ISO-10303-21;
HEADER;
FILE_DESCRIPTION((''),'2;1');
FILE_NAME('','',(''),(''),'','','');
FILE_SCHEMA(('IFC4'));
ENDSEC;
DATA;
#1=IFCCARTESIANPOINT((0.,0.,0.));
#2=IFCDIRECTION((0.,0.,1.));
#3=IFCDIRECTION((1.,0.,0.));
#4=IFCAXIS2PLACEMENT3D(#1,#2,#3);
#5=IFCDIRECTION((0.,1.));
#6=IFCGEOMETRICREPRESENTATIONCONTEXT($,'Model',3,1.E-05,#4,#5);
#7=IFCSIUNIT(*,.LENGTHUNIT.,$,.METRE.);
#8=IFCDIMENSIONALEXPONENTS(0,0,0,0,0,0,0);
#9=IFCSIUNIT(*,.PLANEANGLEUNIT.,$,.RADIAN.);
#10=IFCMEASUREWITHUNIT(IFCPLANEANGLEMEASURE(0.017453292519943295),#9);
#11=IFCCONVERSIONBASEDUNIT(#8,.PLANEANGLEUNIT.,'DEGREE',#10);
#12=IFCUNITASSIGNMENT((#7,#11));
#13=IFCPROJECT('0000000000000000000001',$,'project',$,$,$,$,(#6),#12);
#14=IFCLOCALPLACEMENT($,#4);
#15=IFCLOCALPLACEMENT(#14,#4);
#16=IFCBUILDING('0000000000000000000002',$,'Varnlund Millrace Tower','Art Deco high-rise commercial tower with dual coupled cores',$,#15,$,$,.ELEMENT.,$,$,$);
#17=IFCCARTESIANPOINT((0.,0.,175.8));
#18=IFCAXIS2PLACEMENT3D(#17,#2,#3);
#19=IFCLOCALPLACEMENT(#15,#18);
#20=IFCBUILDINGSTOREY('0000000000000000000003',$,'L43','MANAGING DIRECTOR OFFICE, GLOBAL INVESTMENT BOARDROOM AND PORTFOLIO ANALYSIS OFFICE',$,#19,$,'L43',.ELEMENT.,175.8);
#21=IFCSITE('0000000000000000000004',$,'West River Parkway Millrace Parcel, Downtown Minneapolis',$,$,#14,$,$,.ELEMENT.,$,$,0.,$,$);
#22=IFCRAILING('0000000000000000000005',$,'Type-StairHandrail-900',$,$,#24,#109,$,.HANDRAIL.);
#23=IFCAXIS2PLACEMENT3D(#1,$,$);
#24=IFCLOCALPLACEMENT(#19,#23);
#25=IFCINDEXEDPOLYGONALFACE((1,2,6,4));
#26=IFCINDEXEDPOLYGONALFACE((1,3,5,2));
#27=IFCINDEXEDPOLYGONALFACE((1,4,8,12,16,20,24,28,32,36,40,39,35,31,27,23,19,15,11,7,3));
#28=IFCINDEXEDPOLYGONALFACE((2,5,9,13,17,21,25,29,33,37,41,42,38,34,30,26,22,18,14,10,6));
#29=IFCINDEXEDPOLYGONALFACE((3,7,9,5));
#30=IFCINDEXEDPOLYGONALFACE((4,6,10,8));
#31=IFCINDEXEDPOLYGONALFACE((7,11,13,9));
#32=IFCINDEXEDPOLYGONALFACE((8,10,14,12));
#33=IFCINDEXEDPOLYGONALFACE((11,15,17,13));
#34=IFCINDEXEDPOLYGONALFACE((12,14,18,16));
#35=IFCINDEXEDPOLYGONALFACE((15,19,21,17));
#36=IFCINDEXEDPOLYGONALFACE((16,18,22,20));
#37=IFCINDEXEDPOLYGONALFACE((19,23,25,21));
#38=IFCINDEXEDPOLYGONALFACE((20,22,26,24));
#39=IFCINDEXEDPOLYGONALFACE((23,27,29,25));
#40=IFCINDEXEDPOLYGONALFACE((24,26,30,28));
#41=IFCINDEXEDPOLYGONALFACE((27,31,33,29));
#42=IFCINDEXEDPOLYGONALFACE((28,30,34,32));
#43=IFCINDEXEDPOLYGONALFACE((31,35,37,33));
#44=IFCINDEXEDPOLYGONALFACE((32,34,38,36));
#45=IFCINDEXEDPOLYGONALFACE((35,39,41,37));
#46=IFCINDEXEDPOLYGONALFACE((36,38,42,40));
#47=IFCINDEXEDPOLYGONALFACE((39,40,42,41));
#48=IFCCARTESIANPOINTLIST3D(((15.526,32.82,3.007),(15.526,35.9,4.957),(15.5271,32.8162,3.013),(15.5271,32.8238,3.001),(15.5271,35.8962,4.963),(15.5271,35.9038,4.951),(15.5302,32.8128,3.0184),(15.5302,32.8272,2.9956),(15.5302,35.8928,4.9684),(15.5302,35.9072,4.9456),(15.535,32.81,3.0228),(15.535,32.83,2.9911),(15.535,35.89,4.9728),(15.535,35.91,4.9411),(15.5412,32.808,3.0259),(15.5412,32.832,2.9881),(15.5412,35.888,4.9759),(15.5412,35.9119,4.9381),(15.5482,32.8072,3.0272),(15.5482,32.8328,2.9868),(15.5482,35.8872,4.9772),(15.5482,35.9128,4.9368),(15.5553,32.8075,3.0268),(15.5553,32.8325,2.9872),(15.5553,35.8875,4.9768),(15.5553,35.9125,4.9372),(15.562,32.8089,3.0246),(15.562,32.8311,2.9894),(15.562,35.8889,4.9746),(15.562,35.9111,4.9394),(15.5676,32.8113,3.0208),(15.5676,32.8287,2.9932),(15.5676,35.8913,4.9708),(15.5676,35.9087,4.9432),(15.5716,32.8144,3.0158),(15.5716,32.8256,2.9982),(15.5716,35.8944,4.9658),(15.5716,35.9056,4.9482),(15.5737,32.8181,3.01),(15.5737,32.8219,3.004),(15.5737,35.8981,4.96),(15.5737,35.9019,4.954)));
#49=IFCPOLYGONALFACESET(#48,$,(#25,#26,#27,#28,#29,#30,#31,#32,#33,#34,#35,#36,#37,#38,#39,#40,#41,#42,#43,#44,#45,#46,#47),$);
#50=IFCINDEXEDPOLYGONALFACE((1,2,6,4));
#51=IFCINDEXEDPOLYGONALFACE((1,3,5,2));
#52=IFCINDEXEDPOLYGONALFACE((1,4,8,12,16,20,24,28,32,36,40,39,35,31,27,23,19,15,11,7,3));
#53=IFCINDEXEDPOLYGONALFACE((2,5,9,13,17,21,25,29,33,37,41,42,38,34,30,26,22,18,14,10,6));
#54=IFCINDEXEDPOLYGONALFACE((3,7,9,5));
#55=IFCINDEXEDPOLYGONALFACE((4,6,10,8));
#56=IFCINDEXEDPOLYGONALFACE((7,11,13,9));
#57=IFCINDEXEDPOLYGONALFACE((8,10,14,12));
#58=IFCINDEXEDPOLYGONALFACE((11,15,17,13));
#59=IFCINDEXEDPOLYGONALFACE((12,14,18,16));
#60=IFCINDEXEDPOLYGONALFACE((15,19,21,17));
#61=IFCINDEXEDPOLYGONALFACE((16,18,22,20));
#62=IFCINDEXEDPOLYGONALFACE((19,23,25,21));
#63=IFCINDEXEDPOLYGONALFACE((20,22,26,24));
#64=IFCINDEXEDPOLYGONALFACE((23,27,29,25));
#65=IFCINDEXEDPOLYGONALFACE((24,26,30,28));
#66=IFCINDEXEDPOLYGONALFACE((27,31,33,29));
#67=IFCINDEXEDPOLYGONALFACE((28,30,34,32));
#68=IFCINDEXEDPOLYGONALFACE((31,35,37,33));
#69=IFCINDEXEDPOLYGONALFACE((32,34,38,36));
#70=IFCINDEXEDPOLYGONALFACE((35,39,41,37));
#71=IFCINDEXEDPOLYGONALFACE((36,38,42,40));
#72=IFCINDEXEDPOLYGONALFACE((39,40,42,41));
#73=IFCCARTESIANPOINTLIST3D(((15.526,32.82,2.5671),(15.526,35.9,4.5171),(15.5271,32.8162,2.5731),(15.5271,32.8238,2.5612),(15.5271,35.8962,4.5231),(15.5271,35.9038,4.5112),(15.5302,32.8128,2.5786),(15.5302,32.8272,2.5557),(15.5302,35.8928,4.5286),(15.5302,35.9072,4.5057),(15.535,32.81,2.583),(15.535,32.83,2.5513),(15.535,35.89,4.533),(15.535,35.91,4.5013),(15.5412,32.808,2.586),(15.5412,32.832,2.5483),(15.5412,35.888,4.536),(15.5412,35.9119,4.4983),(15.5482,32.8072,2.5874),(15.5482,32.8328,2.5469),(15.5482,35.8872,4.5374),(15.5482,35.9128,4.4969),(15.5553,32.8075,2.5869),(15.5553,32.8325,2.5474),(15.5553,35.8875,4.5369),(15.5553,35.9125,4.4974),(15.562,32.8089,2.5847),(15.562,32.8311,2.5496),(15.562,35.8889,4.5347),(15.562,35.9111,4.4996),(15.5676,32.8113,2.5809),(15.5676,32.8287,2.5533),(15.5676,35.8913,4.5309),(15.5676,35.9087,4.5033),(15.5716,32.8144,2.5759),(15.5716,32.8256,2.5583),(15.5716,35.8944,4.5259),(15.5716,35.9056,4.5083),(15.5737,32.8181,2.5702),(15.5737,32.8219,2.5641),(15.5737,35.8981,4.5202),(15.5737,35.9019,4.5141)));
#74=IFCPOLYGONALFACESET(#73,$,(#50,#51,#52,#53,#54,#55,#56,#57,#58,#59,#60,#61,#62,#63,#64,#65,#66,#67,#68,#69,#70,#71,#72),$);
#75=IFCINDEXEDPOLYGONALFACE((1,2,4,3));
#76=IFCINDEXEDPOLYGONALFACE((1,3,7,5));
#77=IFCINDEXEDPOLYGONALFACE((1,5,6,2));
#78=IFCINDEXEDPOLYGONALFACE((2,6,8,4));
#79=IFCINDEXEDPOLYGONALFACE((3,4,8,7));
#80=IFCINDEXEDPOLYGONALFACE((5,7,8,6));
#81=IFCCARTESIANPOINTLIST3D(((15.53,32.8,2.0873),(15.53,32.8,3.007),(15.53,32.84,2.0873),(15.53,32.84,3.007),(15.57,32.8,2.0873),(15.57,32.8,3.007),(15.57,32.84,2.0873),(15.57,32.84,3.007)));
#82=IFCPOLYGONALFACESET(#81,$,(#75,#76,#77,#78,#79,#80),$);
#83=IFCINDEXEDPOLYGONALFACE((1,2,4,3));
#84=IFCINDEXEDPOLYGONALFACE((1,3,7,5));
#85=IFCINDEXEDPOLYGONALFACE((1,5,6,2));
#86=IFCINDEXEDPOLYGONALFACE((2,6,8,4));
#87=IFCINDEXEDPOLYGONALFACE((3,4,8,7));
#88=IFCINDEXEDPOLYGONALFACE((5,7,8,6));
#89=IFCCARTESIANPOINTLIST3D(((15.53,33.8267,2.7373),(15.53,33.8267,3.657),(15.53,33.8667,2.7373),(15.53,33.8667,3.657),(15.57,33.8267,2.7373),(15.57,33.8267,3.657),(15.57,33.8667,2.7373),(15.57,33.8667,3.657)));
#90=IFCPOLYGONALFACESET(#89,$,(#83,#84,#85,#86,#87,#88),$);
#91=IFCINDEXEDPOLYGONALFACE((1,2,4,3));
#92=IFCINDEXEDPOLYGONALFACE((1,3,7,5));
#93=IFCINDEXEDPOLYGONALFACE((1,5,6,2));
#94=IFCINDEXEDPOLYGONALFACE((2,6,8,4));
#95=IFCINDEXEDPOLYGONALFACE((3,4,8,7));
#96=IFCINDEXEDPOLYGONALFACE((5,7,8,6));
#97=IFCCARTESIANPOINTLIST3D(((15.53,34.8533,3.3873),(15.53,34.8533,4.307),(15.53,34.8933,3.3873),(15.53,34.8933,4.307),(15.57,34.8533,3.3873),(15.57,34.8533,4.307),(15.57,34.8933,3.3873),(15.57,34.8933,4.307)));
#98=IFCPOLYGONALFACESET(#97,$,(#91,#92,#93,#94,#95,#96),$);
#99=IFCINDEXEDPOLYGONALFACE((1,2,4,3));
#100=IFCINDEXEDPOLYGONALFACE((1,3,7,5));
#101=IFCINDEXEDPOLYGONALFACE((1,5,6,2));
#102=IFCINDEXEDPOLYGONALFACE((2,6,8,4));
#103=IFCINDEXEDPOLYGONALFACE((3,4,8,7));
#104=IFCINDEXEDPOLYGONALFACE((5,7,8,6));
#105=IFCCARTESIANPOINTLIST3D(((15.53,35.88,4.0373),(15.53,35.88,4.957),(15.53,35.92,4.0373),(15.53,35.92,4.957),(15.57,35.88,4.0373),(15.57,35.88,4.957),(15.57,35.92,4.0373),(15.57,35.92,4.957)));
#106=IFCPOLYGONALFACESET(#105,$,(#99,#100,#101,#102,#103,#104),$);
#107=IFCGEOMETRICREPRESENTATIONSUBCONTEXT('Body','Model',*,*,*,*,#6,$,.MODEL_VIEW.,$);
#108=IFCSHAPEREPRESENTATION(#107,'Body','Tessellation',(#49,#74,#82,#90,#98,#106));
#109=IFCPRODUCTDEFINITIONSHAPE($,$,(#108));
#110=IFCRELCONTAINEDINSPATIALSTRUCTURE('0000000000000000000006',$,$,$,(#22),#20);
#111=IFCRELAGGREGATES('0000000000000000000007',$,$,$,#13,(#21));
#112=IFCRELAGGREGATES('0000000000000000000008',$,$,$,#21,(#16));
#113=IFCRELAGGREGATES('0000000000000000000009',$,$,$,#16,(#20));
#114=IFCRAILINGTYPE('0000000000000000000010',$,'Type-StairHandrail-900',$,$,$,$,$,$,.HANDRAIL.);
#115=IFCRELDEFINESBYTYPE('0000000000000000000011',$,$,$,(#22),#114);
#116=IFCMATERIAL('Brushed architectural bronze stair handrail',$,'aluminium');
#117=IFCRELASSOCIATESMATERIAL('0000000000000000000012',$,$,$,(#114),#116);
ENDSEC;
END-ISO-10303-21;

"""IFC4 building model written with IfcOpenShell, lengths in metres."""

from ifc_helpers import new_model, entity, si_unit, converted_unit, direction, frame, origin_with_axes, origin_2d_with_axis, place, context, subcontext, project, spatial, rectangle, circle, extrude, material, type_object, element, save


model = new_model("IFC4")

# Units and contexts
model_context = context("Model", 3, precision=1e-05, world=origin_with_axes(), true_north=direction((0.0, 1.0)))
body_context = subcontext(model_context, "Body", "Model", "MODEL_VIEW")
ifc_project = project(units=[si_unit("LENGTHUNIT", "METRE"), converted_unit("PLANEANGLEUNIT", "DEGREE", entity("IfcPlaneAngleMeasure", 0.017453292519943295), si_unit("PLANEANGLEUNIT", "RADIAN"), dimensions=[0, 0, 0, 0, 0, 0, 0])], contexts=[model_context])

# Site, building, storey
site_placement = place(None, origin_with_axes())
site = spatial("IfcSite", under=ifc_project, at=site_placement, Name="West River Parkway Millrace Parcel, Downtown Minneapolis", CompositionType="ELEMENT", RefElevation=0.0)
building_placement = place(site_placement, origin_with_axes())
building = spatial("IfcBuilding", under=site, at=building_placement, Name="Varnlund Millrace Tower", Description="Art Deco high-rise commercial tower with dual coupled cores", CompositionType="ELEMENT")
storey_placement = place(building_placement, frame((0.0, 0.0, 175.8), z_axis=(0.0, 0.0, 1.0), x_axis=(1.0, 0.0, 0.0)))
storey = spatial("IfcBuildingStorey", under=building, at=storey_placement, Name="L43", Description="MANAGING DIRECTOR OFFICE, GLOBAL INVESTMENT BOARDROOM AND PORTFOLIO ANALYSIS OFFICE", LongName="L43", CompositionType="ELEMENT", Elevation=175.8)

# Railing
ifc_material_1 = material(Name="Brushed architectural bronze stair handrail", Category="aluminium")
railing_type_1 = type_object("IfcRailingType", Name="Type-StairHandrail-900", PredefinedType="HANDRAIL", material=ifc_material_1)
railing_1_placement = place(storey_placement, frame((0.0, 0.0, -175.8), z_axis=(0.0, 0.0, 1.0), x_axis=(1.0, 0.0, 0.0)))
element("IfcRailing", 1, at=railing_1_placement, inside=storey, type_object=railing_type_1, Name="Type-StairHandrail-900", PredefinedType="HANDRAIL", context=body_context, shape_type="SweptSolid", body=[
    extrude(circle(Radius=0.024, at=origin_2d_with_axis()), frame((15.55, 32.82, 178.807), z_axis=(0.0, 0.844902, 0.534922), x_axis=(-1.0, 0.0, 0.0)), (0.0, 0.0, 1.0), 3.6454),
    extrude(circle(Radius=0.024, at=origin_2d_with_axis()), frame((15.55, 32.82, 178.3671), z_axis=(0.0, 0.844902, 0.534922), x_axis=(-1.0, 0.0, 0.0)), (0.0, 0.0, 1.0), 3.6454),
    extrude(rectangle(XDim=0.04, YDim=0.04, at=origin_2d_with_axis()), frame((15.55, 32.82, 177.8873), z_axis=(0.0, 0.0, 1.0), x_axis=(1.0, 0.0, 0.0)), (0.0, 0.0, 1.0), 0.9197),
    extrude(rectangle(XDim=0.04, YDim=0.04, at=origin_2d_with_axis()), frame((15.55, 33.8467, 178.5373), z_axis=(0.0, 0.0, 1.0), x_axis=(1.0, 0.0, 0.0)), (0.0, 0.0, 1.0), 0.9197),
    extrude(rectangle(XDim=0.04, YDim=0.04, at=origin_2d_with_axis()), frame((15.55, 34.8733, 179.1873), z_axis=(0.0, 0.0, 1.0), x_axis=(1.0, 0.0, 0.0)), (0.0, 0.0, 1.0), 0.9197),
    extrude(rectangle(XDim=0.04, YDim=0.04, at=origin_2d_with_axis()), frame((15.55, 35.9, 179.8373), z_axis=(0.0, 0.0, 1.0), x_axis=(1.0, 0.0, 0.0)), (0.0, 0.0, 1.0), 0.9197),
])

save(model, "model.ifc")
